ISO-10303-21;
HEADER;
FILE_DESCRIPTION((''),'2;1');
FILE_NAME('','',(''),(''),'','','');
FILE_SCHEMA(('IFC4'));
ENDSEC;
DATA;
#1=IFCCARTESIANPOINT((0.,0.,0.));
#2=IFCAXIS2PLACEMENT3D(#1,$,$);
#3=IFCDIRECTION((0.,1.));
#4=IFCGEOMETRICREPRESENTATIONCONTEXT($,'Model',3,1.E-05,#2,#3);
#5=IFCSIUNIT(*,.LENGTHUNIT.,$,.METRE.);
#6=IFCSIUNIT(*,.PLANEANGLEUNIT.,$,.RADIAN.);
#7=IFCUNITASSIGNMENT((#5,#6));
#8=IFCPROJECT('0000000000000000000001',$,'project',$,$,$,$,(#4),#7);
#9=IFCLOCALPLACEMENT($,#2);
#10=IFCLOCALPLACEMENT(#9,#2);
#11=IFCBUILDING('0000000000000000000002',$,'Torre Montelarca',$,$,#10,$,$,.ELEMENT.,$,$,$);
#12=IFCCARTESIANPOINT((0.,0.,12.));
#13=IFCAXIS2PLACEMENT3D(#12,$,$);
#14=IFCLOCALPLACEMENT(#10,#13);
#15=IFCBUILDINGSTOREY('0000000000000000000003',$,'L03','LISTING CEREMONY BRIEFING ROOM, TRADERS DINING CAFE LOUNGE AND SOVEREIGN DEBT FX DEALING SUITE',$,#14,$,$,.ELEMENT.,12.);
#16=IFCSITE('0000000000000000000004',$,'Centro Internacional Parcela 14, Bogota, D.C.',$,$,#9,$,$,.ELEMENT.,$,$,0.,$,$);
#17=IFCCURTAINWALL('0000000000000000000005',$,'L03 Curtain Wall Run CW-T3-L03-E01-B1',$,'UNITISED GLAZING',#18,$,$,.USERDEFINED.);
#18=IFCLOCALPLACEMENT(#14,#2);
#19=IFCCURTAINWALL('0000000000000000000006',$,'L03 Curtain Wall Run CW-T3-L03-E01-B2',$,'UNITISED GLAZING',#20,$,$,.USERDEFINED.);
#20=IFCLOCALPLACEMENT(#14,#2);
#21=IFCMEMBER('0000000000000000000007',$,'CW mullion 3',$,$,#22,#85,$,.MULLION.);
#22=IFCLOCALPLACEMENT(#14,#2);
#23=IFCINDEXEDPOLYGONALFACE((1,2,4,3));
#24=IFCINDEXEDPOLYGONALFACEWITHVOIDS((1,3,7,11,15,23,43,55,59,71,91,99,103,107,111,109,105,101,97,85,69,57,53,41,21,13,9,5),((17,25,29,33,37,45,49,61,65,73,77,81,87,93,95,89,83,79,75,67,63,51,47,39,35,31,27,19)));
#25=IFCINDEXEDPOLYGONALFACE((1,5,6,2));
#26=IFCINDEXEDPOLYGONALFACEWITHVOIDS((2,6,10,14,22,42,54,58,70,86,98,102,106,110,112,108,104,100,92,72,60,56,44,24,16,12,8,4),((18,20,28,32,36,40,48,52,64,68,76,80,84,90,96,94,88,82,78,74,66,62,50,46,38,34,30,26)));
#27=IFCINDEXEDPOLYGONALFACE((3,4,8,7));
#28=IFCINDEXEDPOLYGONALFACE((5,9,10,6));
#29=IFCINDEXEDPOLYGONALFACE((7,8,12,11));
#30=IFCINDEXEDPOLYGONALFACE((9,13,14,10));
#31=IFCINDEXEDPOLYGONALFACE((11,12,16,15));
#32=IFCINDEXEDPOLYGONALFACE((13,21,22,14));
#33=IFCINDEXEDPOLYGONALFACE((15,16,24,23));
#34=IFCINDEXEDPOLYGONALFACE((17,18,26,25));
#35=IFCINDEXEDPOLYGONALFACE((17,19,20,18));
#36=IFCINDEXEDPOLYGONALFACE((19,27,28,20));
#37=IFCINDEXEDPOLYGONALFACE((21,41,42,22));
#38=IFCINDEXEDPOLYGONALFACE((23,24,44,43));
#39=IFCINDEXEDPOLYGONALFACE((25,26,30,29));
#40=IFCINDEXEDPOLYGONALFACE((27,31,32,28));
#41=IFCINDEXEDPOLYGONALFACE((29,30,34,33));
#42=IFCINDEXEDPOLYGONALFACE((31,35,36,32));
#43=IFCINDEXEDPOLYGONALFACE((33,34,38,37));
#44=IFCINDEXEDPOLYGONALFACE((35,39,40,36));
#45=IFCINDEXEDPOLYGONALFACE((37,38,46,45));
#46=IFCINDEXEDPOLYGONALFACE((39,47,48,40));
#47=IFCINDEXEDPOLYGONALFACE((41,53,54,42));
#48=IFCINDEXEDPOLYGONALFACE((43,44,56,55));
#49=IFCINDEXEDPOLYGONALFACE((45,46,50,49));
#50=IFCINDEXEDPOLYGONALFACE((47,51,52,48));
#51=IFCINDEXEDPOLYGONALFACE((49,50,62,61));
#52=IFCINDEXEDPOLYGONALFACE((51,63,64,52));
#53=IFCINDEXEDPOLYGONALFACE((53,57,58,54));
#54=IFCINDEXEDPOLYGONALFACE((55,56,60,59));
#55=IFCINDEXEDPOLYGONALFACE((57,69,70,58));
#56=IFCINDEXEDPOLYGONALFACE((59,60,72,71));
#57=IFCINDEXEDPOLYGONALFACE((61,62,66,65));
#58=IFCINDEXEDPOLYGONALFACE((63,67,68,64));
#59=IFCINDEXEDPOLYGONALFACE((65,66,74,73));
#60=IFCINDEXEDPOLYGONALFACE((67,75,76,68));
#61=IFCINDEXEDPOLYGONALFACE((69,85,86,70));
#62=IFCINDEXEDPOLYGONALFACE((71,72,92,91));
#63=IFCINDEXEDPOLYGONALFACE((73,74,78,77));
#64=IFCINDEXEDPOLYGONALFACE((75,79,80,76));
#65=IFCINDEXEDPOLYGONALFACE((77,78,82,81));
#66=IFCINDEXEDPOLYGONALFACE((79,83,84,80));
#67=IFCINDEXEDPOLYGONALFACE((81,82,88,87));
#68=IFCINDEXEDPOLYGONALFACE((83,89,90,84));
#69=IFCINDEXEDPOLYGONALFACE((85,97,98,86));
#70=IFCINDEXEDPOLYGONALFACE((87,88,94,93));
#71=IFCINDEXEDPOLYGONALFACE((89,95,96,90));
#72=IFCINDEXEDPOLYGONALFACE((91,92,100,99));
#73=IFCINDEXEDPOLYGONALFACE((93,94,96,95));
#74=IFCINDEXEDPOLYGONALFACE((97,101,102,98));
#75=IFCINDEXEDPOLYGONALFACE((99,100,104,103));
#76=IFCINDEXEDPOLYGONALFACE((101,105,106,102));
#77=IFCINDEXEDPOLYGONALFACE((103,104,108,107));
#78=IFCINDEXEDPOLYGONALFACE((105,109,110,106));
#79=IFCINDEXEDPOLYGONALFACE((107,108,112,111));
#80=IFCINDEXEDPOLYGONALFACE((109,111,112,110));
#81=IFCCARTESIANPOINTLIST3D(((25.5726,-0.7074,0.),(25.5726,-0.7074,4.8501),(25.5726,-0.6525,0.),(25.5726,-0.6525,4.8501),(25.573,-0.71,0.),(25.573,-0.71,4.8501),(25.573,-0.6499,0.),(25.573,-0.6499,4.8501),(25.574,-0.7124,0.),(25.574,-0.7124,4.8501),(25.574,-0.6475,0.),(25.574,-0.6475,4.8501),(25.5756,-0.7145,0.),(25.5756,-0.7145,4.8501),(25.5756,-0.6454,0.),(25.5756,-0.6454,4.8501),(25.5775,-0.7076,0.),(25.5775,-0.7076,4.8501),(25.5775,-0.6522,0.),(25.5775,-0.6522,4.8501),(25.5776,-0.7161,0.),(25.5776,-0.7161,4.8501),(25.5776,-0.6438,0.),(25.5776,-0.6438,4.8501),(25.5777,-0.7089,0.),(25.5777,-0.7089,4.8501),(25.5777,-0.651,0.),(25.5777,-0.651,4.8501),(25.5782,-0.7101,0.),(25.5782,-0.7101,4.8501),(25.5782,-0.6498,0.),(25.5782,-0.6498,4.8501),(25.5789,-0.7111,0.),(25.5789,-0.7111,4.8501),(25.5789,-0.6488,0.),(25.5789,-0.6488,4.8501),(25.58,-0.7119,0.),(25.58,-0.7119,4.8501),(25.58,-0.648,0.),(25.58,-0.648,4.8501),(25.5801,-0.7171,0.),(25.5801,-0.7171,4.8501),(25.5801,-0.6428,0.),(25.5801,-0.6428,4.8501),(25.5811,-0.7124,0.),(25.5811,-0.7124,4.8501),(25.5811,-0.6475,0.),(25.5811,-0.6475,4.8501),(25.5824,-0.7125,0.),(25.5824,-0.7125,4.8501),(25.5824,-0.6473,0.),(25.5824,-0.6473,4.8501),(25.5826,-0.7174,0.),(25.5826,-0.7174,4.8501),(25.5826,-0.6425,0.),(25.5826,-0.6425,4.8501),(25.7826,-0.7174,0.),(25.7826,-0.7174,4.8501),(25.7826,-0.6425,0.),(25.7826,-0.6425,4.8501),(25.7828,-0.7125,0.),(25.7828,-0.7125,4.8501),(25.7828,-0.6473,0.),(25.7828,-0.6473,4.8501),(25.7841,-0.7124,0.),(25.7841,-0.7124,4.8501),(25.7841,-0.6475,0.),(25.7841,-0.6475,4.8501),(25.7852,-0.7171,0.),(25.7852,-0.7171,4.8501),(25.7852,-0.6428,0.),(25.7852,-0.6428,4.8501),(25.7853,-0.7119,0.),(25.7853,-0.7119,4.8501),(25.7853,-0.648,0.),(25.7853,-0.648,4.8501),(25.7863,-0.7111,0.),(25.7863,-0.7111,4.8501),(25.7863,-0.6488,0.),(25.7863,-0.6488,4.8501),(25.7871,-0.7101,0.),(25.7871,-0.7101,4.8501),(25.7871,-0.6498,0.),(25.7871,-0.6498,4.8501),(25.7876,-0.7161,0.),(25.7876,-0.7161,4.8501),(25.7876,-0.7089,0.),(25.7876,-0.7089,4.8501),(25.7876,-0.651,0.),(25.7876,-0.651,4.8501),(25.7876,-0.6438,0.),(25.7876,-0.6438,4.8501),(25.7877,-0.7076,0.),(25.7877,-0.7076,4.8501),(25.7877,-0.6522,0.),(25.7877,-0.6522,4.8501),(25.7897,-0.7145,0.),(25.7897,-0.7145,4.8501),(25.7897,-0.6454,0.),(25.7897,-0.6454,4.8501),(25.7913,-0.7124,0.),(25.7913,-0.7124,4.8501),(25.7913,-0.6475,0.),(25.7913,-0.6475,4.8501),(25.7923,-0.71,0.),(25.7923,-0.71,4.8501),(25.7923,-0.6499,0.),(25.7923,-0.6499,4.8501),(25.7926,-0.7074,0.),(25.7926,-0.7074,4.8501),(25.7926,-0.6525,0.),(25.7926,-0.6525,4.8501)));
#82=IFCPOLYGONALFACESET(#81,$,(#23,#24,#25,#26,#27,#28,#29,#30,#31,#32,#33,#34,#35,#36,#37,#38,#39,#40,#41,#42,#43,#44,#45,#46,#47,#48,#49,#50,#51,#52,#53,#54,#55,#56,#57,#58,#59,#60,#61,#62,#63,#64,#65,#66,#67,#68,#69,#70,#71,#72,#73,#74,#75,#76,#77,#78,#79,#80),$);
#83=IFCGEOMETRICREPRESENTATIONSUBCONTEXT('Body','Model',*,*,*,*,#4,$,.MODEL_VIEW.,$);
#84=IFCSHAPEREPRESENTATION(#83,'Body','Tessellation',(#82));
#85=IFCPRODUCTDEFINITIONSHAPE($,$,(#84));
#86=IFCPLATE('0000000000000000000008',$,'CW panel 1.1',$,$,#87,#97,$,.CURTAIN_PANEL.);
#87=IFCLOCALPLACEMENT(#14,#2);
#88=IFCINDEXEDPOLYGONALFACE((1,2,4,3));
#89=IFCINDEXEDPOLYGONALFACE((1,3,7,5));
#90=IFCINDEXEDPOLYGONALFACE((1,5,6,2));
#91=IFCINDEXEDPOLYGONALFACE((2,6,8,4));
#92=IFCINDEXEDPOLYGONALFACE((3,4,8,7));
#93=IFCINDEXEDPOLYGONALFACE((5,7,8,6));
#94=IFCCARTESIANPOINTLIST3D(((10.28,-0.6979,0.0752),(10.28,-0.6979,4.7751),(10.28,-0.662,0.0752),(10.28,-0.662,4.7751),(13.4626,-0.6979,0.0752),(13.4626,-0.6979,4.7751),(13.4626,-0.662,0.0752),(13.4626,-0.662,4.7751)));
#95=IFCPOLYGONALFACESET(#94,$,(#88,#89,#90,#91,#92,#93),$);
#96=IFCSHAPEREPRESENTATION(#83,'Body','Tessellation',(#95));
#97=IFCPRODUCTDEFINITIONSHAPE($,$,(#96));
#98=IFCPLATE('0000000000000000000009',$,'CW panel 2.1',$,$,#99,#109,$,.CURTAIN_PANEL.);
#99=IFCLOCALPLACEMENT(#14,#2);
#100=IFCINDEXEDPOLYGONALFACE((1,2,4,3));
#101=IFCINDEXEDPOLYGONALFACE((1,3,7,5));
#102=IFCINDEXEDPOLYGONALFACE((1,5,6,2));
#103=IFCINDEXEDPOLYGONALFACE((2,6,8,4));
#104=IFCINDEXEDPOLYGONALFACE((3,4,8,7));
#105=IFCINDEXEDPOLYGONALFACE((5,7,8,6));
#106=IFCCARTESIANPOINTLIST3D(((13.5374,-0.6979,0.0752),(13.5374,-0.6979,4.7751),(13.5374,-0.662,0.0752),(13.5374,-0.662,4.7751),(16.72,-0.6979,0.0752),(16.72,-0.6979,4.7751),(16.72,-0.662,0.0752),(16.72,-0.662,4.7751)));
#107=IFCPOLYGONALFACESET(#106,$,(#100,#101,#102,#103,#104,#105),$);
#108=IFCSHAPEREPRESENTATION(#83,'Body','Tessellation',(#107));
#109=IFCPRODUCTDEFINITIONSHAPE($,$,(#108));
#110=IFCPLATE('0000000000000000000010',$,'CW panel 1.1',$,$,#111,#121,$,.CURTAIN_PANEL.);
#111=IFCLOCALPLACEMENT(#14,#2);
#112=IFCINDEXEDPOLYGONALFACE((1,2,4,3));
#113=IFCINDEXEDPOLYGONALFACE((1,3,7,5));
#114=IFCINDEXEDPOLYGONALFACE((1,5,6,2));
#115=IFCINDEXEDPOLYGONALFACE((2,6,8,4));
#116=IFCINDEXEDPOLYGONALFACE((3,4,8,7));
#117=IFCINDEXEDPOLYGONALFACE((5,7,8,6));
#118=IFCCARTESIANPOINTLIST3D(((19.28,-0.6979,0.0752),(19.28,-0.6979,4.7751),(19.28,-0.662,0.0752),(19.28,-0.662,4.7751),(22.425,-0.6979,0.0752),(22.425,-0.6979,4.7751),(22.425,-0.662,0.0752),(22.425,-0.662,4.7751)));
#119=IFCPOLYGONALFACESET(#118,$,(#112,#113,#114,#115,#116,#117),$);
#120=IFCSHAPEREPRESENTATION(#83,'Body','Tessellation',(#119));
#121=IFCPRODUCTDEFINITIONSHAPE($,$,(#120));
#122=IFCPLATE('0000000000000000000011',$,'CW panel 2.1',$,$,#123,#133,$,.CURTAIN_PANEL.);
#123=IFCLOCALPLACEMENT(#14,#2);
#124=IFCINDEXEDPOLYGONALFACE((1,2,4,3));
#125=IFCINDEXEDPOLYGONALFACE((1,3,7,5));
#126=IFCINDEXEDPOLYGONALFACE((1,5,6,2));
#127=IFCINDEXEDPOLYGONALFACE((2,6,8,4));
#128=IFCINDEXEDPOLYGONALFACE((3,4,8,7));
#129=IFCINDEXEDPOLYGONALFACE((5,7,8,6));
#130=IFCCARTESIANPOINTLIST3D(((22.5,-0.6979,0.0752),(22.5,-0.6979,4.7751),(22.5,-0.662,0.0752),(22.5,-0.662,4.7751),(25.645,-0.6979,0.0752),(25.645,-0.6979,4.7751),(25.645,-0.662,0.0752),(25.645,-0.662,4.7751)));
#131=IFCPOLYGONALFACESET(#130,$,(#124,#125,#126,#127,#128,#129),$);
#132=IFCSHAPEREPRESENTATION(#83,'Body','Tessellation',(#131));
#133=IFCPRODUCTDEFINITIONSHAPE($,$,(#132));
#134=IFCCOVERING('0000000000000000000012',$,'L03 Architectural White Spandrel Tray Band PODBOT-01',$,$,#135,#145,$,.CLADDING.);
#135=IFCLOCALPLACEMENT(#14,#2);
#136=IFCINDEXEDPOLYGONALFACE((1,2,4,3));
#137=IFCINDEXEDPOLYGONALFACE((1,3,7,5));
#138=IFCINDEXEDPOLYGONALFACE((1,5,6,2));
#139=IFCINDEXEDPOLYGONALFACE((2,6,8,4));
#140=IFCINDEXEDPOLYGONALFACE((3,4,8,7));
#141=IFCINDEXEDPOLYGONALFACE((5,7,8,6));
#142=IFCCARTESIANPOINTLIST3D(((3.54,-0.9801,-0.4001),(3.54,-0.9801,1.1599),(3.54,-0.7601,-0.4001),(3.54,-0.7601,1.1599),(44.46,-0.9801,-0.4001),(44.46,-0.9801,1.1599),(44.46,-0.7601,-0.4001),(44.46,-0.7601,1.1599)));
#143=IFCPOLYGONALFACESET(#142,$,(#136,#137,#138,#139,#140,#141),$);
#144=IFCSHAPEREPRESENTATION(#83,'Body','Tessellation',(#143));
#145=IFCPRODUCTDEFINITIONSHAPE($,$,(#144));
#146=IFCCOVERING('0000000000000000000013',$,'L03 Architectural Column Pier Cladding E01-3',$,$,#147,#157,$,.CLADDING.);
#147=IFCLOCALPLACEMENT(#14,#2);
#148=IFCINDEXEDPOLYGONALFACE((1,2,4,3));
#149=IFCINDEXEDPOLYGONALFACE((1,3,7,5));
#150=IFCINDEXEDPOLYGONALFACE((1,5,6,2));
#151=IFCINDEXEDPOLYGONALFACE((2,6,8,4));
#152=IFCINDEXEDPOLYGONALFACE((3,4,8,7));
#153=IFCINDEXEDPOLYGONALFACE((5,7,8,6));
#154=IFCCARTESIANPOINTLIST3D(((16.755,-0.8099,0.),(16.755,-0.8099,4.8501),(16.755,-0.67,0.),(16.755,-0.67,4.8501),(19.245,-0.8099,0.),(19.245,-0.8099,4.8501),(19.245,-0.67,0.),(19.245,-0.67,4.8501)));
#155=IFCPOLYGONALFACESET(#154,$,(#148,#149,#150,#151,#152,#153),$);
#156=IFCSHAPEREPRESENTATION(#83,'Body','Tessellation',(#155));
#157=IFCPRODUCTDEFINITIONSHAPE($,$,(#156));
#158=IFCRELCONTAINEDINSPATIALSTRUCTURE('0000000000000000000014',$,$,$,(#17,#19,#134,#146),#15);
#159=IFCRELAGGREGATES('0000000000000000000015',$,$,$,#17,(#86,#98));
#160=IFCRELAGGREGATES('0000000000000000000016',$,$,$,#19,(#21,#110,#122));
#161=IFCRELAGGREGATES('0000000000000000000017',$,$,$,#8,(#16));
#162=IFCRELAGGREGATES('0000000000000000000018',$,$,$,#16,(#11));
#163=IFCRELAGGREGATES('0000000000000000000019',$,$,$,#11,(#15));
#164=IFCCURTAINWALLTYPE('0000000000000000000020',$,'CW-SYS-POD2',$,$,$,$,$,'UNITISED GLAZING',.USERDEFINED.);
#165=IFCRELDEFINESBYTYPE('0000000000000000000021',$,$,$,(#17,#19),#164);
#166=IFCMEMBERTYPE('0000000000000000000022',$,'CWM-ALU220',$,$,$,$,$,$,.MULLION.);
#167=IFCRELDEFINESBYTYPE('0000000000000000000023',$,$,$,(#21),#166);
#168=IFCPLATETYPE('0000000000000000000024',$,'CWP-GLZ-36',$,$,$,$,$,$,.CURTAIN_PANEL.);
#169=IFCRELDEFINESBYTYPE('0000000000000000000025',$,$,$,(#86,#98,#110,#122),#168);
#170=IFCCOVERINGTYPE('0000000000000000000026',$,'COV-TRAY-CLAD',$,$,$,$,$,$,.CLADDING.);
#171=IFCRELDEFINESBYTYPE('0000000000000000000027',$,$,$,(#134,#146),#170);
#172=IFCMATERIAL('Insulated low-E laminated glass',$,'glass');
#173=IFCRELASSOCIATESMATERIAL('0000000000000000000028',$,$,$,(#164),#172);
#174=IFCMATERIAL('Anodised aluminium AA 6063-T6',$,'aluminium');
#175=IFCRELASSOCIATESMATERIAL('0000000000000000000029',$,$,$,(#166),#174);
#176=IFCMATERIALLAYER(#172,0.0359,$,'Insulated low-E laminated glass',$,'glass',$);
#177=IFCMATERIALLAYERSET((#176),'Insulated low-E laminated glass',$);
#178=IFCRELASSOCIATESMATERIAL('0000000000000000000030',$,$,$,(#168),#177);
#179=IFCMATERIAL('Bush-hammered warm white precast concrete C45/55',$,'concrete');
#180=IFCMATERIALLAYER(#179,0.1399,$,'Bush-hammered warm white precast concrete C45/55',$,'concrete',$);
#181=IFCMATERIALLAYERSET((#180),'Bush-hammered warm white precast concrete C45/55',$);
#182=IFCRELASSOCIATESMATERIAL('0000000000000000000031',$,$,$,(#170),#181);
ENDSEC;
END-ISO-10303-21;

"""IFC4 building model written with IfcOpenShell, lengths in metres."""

from ifc_helpers import new_model, si_unit, direction, frame, origin, origin_2d, place, context, subcontext, project, spatial, rectangle, hollow_rectangle, extrude, source, transform, mapped, material, layer, layer_set, material_profile, profile_set, type_object, element, aggregate, save


model = new_model("IFC4")

# Units and contexts
model_context = context("Model", 3, precision=1e-05, world=origin(), true_north=direction((0.0, 1.0)))
body_context = subcontext(model_context, "Body", "Model", "MODEL_VIEW")
ifc_project = project(units=[si_unit("LENGTHUNIT", "METRE"), si_unit("PLANEANGLEUNIT", "RADIAN")], contexts=[model_context])

# Site, building, storey
site_placement = place(None, origin())
site = spatial("IfcSite", under=ifc_project, at=site_placement, Name="Centro Internacional Parcela 14, Bogota, D.C.", CompositionType="ELEMENT", RefElevation=0.0)
building_placement = place(site_placement, origin())
building = spatial("IfcBuilding", under=site, at=building_placement, Name="Torre Montelarca", CompositionType="ELEMENT")
storey_placement = place(building_placement, frame((0.0, 0.0, 12.0)))
storey = spatial("IfcBuildingStorey", under=building, at=storey_placement, Name="L03", Description="LISTING CEREMONY BRIEFING ROOM, TRADERS DINING CAFE LOUNGE AND SOVEREIGN DEBT FX DEALING SUITE", CompositionType="ELEMENT", Elevation=12.0)

# Curtain walls
ifc_material_1 = material(Name="Insulated low-E laminated glass", Category="glass")
curtain_wall_type = type_object("IfcCurtainWallType", Name="CW-SYS-POD2", ElementType="UNITISED GLAZING", PredefinedType="USERDEFINED", material=ifc_material_1)
curtain_wall_1_placement = place(storey_placement, origin())
curtain_wall_1 = element("IfcCurtainWall", 1, at=curtain_wall_1_placement, inside=storey, type_object=curtain_wall_type, Name="L03 Curtain Wall Run CW-T3-L03-E01-B1", ObjectType="UNITISED GLAZING", PredefinedType="USERDEFINED")
ifc_material_2 = material(Name="Anodised aluminium AA 6063-T6", Category="aluminium")
curtain_wall_2_placement = place(storey_placement, origin())
curtain_wall_2 = element("IfcCurtainWall", 2, at=curtain_wall_2_placement, inside=storey, type_object=curtain_wall_type, Name="L03 Curtain Wall Run CW-T3-L03-E01-B2", ObjectType="UNITISED GLAZING", PredefinedType="USERDEFINED")

# Member
ifc_material_profile_1 = material_profile(ifc_material_2, hollow_rectangle(XDim=0.075, YDim=0.22, WallThickness=0.0049, InnerFilletRadius=0.0049, OuterFilletRadius=0.01, at=origin_2d()), Name="ALU75X220X5", Category="aluminium")
ifc_profile_set_1 = profile_set([ifc_material_profile_1], Name="Anodised aluminium AA 6063-T6")
member_type_1 = type_object("IfcMemberType", Name="CWM-ALU220", PredefinedType="MULLION", material=ifc_profile_set_1)
shared_shape_1 = source(origin(), body_context, "Body", "SweptSolid", [
    extrude(hollow_rectangle(XDim=0.075, YDim=0.22, WallThickness=0.0049, InnerFilletRadius=0.0049, OuterFilletRadius=0.01, at=origin_2d()), origin(), (0.0, 0.0, 1.0), 4.8501),
])
member_1_placement = place(storey_placement, frame((25.6826, -0.6799, 0.0), z_axis=(0.0, 0.0, 1.0), x_axis=(0.0, 1.0, 0.0)))
member_1 = element("IfcMember", 3, at=member_1_placement, type_object=member_type_1, Name="CW mullion 3", PredefinedType="MULLION", context=body_context, shape_type="MappedRepresentation", body=[
    mapped(shared_shape_1, transform((0.0, 0.0, 0.0), scale=1.0)),
])

# Plates
ifc_layer_1 = layer(ifc_material_1, 0.0359, Name="Insulated low-E laminated glass", Category="glass")
ifc_layer_set_1 = layer_set([ifc_layer_1], Name="Insulated low-E laminated glass")
plate_type = type_object("IfcPlateType", Name="CWP-GLZ-36", PredefinedType="CURTAIN_PANEL", material=ifc_layer_set_1)
shared_shape_2 = source(origin(), body_context, "Body", "SweptSolid", [
    extrude(rectangle(XDim=3.1826, YDim=0.0359, at=origin_2d()), origin(), (0.0, 0.0, 1.0), 4.7),
])
plate_1_placement = place(storey_placement, frame((11.8713, -0.6799, 0.0752), z_axis=(0.0, 0.0, 1.0), x_axis=(1.0, 0.0, 0.0)))
plate_1 = element("IfcPlate", 4, at=plate_1_placement, type_object=plate_type, Name="CW panel 1.1", PredefinedType="CURTAIN_PANEL", context=body_context, shape_type="MappedRepresentation", body=[
    mapped(shared_shape_2, transform((0.0, 0.0, 0.0), scale=1.0)),
])
plate_2_placement = place(storey_placement, frame((15.1287, -0.6799, 0.0752), z_axis=(0.0, 0.0, 1.0), x_axis=(1.0, 0.0, 0.0)))
plate_2 = element("IfcPlate", 5, at=plate_2_placement, type_object=plate_type, Name="CW panel 2.1", PredefinedType="CURTAIN_PANEL", context=body_context, shape_type="MappedRepresentation", body=[
    mapped(shared_shape_2, transform((0.0, 0.0, 0.0), scale=1.0)),
])
aggregate(curtain_wall_1, [plate_1, plate_2])
shared_shape_3 = source(origin(), body_context, "Body", "SweptSolid", [
    extrude(rectangle(XDim=3.145, YDim=0.0359, at=origin_2d()), origin(), (0.0, 0.0, 1.0), 4.7),
])
plate_3_placement = place(storey_placement, frame((20.8525, -0.6799, 0.0752), z_axis=(0.0, 0.0, 1.0), x_axis=(1.0, 0.0, 0.0)))
plate_3 = element("IfcPlate", 6, at=plate_3_placement, type_object=plate_type, Name="CW panel 1.1", PredefinedType="CURTAIN_PANEL", context=body_context, shape_type="MappedRepresentation", body=[
    mapped(shared_shape_3, transform((0.0, 0.0, 0.0), scale=1.0)),
])
plate_4_placement = place(storey_placement, frame((24.0725, -0.6799, 0.0752), z_axis=(0.0, 0.0, 1.0), x_axis=(1.0, 0.0, 0.0)))
plate_4 = element("IfcPlate", 7, at=plate_4_placement, type_object=plate_type, Name="CW panel 2.1", PredefinedType="CURTAIN_PANEL", context=body_context, shape_type="MappedRepresentation", body=[
    mapped(shared_shape_3, transform((0.0, 0.0, 0.0), scale=1.0)),
])
aggregate(curtain_wall_2, [member_1, plate_3, plate_4])

# Coverings
ifc_material_3 = material(Name="Bush-hammered warm white precast concrete C45/55", Category="concrete")
ifc_layer_2 = layer(ifc_material_3, 0.1399, Name="Bush-hammered warm white precast concrete C45/55", Category="concrete")
ifc_layer_set_2 = layer_set([ifc_layer_2], Name="Bush-hammered warm white precast concrete C45/55")
covering_type = type_object("IfcCoveringType", Name="COV-TRAY-CLAD", PredefinedType="CLADDING", material=ifc_layer_set_2)
shared_shape_4 = source(origin(), body_context, "Body", "SweptSolid", [
    extrude(rectangle(XDim=40.9199, YDim=0.22, at=origin_2d()), origin(), (0.0, 0.0, 1.0), 1.5601),
])
covering_1_placement = place(storey_placement, frame((24.0, -0.8701, -0.4001), z_axis=(0.0, 0.0, 1.0), x_axis=(1.0, 0.0, 0.0)))
element("IfcCovering", 8, at=covering_1_placement, inside=storey, type_object=covering_type, Name="L03 Architectural White Spandrel Tray Band PODBOT-01", PredefinedType="CLADDING", context=body_context, shape_type="MappedRepresentation", body=[
    mapped(shared_shape_4, transform((0.0, 0.0, 0.0), scale=1.0)),
])
shared_shape_5 = source(origin(), body_context, "Body", "SweptSolid", [
    extrude(rectangle(XDim=2.49, YDim=0.1399, at=origin_2d()), origin(), (0.0, 0.0, 1.0), 4.8501),
])
covering_2_placement = place(storey_placement, frame((18.0, -0.74, 0.0), z_axis=(0.0, 0.0, 1.0), x_axis=(1.0, 0.0, 0.0)))
element("IfcCovering", 9, at=covering_2_placement, inside=storey, type_object=covering_type, Name="L03 Architectural Column Pier Cladding E01-3", PredefinedType="CLADDING", context=body_context, shape_type="MappedRepresentation", body=[
    mapped(shared_shape_5, transform((0.0, 0.0, 0.0), scale=1.0)),
])

save(model, "model.ifc")
